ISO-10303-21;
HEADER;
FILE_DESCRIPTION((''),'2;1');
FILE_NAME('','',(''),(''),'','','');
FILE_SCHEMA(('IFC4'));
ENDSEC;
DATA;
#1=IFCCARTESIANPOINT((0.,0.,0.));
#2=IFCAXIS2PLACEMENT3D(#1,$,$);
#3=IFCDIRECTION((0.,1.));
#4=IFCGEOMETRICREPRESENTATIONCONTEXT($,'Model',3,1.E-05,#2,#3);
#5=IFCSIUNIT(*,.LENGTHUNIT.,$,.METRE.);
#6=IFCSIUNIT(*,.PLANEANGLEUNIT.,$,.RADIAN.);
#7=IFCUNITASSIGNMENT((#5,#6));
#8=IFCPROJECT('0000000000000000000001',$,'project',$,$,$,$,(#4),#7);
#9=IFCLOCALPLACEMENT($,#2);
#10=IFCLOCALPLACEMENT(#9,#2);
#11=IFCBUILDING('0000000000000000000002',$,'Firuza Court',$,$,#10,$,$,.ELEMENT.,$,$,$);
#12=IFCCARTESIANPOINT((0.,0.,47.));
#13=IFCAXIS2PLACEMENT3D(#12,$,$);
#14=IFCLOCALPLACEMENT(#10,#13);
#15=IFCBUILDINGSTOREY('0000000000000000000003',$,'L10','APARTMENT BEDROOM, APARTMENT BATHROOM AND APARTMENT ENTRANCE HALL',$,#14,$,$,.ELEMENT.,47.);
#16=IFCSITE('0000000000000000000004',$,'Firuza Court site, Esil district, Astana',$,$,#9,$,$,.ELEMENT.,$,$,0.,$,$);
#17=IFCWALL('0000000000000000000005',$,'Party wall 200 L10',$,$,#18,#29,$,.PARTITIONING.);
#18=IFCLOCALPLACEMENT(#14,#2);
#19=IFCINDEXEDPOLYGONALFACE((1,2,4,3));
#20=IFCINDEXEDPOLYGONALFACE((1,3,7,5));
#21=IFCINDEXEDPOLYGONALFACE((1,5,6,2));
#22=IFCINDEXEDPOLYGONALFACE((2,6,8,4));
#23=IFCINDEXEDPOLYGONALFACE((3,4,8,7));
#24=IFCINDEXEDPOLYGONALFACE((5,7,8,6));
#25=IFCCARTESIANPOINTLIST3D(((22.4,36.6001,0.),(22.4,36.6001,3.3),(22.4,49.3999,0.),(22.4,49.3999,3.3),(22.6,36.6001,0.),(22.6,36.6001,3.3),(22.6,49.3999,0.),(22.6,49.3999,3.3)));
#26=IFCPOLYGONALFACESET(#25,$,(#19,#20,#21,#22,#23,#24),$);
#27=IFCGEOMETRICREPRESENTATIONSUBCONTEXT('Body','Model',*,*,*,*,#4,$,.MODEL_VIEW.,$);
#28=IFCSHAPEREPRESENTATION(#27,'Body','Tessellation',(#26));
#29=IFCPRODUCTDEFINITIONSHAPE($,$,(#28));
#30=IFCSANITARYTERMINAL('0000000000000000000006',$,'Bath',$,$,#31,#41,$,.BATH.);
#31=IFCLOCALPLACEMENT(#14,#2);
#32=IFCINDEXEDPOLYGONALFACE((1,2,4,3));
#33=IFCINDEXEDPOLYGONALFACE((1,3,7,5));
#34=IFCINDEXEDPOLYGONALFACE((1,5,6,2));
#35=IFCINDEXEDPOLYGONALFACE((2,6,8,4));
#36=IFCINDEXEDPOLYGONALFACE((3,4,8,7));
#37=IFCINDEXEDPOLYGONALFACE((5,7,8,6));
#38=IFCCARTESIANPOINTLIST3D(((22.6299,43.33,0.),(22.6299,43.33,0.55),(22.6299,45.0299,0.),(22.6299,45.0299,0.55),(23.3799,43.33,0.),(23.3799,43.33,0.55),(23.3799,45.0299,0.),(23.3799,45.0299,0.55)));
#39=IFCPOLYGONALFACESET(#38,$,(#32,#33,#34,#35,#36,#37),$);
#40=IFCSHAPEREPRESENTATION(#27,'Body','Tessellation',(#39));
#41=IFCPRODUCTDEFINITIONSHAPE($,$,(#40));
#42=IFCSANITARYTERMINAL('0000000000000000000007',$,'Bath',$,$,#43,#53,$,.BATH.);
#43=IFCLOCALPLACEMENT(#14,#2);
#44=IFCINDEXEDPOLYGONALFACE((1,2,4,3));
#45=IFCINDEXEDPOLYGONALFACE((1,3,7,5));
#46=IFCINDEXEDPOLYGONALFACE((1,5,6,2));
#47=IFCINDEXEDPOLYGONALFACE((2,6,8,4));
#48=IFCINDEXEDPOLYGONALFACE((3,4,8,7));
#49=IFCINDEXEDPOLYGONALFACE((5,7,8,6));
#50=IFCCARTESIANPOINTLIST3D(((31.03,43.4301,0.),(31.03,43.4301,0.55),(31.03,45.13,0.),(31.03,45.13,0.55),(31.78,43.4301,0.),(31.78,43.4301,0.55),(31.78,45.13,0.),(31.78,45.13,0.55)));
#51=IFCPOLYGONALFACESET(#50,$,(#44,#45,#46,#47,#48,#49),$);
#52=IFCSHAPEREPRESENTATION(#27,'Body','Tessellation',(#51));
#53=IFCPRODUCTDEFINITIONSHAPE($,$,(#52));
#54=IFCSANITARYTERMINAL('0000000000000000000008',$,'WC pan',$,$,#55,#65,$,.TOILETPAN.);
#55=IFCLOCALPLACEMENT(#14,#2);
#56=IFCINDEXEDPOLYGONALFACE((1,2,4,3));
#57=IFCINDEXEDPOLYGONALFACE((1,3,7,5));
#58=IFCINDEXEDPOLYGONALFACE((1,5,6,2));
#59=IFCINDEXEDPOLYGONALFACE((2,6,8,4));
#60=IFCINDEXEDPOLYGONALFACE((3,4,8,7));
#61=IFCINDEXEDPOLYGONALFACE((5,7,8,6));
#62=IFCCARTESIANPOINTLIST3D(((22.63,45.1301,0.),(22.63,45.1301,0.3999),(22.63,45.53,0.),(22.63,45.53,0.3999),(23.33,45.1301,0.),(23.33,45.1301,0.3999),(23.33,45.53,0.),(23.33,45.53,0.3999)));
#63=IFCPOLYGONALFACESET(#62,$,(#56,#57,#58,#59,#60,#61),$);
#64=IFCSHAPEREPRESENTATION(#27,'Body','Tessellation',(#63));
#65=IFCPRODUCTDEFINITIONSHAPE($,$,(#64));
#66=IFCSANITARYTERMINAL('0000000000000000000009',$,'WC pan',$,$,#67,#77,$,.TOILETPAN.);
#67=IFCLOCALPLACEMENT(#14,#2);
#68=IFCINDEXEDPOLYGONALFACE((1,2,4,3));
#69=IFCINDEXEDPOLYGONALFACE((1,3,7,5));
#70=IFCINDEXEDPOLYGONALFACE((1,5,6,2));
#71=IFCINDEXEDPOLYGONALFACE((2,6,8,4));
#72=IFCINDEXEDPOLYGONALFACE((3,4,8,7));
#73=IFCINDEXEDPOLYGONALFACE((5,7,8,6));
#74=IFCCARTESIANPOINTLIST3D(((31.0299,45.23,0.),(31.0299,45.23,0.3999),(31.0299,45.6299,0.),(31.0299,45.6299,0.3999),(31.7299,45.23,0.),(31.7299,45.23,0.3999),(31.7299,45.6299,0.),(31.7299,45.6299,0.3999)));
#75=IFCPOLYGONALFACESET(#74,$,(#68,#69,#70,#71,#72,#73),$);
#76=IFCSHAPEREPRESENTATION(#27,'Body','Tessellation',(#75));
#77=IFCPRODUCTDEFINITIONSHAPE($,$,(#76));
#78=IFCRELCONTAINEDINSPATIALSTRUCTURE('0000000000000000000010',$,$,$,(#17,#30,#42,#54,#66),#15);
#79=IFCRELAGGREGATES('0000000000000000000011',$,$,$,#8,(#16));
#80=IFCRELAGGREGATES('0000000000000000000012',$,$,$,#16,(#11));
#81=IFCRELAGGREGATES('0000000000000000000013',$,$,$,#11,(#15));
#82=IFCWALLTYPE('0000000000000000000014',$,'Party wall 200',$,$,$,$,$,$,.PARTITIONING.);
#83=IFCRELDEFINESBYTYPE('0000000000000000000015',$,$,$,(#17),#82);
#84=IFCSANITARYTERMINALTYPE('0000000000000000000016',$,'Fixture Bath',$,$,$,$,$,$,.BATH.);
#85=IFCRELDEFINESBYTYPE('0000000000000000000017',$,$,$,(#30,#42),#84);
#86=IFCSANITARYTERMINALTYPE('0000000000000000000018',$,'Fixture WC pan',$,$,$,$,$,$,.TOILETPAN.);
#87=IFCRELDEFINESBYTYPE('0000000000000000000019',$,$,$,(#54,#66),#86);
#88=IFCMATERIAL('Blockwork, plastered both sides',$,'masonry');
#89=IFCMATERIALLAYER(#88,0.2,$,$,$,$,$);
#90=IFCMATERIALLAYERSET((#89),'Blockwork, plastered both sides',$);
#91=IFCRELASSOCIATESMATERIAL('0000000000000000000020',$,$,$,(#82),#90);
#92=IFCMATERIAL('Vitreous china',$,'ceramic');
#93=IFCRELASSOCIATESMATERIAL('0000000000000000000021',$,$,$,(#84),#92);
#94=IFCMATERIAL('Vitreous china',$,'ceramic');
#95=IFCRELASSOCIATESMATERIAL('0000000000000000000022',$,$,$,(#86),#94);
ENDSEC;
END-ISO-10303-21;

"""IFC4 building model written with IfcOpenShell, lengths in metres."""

from ifc_helpers import new_model, si_unit, direction, frame, frame_2d, origin, origin_2d, place, context, subcontext, project, spatial, rectangle, extrude, material, layer, layer_set, type_object, element, save


model = new_model("IFC4")

# Units and contexts
model_context = context("Model", 3, precision=1e-05, world=origin(), true_north=direction((0.0, 1.0)))
body_context = subcontext(model_context, "Body", "Model", "MODEL_VIEW")
ifc_project = project(units=[si_unit("LENGTHUNIT", "METRE"), si_unit("PLANEANGLEUNIT", "RADIAN")], contexts=[model_context])

# Site, building, storey
site_placement = place(None, origin())
site = spatial("IfcSite", under=ifc_project, at=site_placement, Name="Firuza Court site, Esil district, Astana", CompositionType="ELEMENT", RefElevation=0.0)
building_placement = place(site_placement, origin())
building = spatial("IfcBuilding", under=site, at=building_placement, Name="Firuza Court", CompositionType="ELEMENT")
storey_placement = place(building_placement, frame((0.0, 0.0, 47.0)))
storey = spatial("IfcBuildingStorey", under=building, at=storey_placement, Name="L10", Description="APARTMENT BEDROOM, APARTMENT BATHROOM AND APARTMENT ENTRANCE HALL", CompositionType="ELEMENT", Elevation=47.0)

# Wall
ifc_material_1 = material(Name="Blockwork, plastered both sides", Category="masonry")
ifc_layer_1 = layer(ifc_material_1, 0.2)
ifc_layer_set_1 = layer_set([ifc_layer_1], Name="Blockwork, plastered both sides")
wall_type_1 = type_object("IfcWallType", Name="Party wall 200", PredefinedType="PARTITIONING", material=ifc_layer_set_1)
wall_1_placement = place(storey_placement, frame((22.5, 36.6001, 0.0), z_axis=(0.0, 0.0, 1.0), x_axis=(0.0, 1.0, 0.0)))
element("IfcWall", 1, at=wall_1_placement, inside=storey, type_object=wall_type_1, Name="Party wall 200 L10", PredefinedType="PARTITIONING", context=body_context, shape_type="SweptSolid", body=[
    extrude(rectangle(XDim=12.7998, YDim=0.2, at=frame_2d((6.3999, 0.0))), origin(), (0.0, 0.0, 1.0), 3.3),
])

# Sanitary terminals
ifc_material_2 = material(Name="Vitreous china", Category="ceramic")
sanitary_terminal_type_1 = type_object("IfcSanitaryTerminalType", Name="Fixture Bath", PredefinedType="BATH", material=ifc_material_2)
for number, where, z_axis, x_axis, name in (
    (2, (23.0049, 44.1799, 0.0), (0.0, 0.0, 1.0), (1.0, 0.0, 0.0), "Bath"),
    (3, (31.405, 44.28, 0.0), (0.0, 0.0, 1.0), (1.0, 0.0, 0.0), "Bath"),
):
    element("IfcSanitaryTerminal", number, at=place(storey_placement, frame(where, z_axis=z_axis, x_axis=x_axis)), inside=storey, type_object=sanitary_terminal_type_1, Name=name, PredefinedType="BATH", context=body_context, shape_type="SweptSolid", body=[
        extrude(rectangle(XDim=0.75, YDim=1.7, at=origin_2d()), origin(), (0.0, 0.0, 1.0), 0.55),
    ])
ifc_material_3 = material(Name="Vitreous china", Category="ceramic")
sanitary_terminal_type_2 = type_object("IfcSanitaryTerminalType", Name="Fixture WC pan", PredefinedType="TOILETPAN", material=ifc_material_3)
for number, where, z_axis, x_axis, name in (
    (4, (22.98, 45.3301, 0.0), (0.0, 0.0, 1.0), (1.0, 0.0, 0.0), "WC pan"),
    (5, (31.3799, 45.4299, 0.0), (0.0, 0.0, 1.0), (1.0, 0.0, 0.0), "WC pan"),
):
    element("IfcSanitaryTerminal", number, at=place(storey_placement, frame(where, z_axis=z_axis, x_axis=x_axis)), inside=storey, type_object=sanitary_terminal_type_2, Name=name, PredefinedType="TOILETPAN", context=body_context, shape_type="SweptSolid", body=[
        extrude(rectangle(XDim=0.7, YDim=0.3999, at=origin_2d()), origin(), (0.0, 0.0, 1.0), 0.3999),
    ])

save(model, "model.ifc")
